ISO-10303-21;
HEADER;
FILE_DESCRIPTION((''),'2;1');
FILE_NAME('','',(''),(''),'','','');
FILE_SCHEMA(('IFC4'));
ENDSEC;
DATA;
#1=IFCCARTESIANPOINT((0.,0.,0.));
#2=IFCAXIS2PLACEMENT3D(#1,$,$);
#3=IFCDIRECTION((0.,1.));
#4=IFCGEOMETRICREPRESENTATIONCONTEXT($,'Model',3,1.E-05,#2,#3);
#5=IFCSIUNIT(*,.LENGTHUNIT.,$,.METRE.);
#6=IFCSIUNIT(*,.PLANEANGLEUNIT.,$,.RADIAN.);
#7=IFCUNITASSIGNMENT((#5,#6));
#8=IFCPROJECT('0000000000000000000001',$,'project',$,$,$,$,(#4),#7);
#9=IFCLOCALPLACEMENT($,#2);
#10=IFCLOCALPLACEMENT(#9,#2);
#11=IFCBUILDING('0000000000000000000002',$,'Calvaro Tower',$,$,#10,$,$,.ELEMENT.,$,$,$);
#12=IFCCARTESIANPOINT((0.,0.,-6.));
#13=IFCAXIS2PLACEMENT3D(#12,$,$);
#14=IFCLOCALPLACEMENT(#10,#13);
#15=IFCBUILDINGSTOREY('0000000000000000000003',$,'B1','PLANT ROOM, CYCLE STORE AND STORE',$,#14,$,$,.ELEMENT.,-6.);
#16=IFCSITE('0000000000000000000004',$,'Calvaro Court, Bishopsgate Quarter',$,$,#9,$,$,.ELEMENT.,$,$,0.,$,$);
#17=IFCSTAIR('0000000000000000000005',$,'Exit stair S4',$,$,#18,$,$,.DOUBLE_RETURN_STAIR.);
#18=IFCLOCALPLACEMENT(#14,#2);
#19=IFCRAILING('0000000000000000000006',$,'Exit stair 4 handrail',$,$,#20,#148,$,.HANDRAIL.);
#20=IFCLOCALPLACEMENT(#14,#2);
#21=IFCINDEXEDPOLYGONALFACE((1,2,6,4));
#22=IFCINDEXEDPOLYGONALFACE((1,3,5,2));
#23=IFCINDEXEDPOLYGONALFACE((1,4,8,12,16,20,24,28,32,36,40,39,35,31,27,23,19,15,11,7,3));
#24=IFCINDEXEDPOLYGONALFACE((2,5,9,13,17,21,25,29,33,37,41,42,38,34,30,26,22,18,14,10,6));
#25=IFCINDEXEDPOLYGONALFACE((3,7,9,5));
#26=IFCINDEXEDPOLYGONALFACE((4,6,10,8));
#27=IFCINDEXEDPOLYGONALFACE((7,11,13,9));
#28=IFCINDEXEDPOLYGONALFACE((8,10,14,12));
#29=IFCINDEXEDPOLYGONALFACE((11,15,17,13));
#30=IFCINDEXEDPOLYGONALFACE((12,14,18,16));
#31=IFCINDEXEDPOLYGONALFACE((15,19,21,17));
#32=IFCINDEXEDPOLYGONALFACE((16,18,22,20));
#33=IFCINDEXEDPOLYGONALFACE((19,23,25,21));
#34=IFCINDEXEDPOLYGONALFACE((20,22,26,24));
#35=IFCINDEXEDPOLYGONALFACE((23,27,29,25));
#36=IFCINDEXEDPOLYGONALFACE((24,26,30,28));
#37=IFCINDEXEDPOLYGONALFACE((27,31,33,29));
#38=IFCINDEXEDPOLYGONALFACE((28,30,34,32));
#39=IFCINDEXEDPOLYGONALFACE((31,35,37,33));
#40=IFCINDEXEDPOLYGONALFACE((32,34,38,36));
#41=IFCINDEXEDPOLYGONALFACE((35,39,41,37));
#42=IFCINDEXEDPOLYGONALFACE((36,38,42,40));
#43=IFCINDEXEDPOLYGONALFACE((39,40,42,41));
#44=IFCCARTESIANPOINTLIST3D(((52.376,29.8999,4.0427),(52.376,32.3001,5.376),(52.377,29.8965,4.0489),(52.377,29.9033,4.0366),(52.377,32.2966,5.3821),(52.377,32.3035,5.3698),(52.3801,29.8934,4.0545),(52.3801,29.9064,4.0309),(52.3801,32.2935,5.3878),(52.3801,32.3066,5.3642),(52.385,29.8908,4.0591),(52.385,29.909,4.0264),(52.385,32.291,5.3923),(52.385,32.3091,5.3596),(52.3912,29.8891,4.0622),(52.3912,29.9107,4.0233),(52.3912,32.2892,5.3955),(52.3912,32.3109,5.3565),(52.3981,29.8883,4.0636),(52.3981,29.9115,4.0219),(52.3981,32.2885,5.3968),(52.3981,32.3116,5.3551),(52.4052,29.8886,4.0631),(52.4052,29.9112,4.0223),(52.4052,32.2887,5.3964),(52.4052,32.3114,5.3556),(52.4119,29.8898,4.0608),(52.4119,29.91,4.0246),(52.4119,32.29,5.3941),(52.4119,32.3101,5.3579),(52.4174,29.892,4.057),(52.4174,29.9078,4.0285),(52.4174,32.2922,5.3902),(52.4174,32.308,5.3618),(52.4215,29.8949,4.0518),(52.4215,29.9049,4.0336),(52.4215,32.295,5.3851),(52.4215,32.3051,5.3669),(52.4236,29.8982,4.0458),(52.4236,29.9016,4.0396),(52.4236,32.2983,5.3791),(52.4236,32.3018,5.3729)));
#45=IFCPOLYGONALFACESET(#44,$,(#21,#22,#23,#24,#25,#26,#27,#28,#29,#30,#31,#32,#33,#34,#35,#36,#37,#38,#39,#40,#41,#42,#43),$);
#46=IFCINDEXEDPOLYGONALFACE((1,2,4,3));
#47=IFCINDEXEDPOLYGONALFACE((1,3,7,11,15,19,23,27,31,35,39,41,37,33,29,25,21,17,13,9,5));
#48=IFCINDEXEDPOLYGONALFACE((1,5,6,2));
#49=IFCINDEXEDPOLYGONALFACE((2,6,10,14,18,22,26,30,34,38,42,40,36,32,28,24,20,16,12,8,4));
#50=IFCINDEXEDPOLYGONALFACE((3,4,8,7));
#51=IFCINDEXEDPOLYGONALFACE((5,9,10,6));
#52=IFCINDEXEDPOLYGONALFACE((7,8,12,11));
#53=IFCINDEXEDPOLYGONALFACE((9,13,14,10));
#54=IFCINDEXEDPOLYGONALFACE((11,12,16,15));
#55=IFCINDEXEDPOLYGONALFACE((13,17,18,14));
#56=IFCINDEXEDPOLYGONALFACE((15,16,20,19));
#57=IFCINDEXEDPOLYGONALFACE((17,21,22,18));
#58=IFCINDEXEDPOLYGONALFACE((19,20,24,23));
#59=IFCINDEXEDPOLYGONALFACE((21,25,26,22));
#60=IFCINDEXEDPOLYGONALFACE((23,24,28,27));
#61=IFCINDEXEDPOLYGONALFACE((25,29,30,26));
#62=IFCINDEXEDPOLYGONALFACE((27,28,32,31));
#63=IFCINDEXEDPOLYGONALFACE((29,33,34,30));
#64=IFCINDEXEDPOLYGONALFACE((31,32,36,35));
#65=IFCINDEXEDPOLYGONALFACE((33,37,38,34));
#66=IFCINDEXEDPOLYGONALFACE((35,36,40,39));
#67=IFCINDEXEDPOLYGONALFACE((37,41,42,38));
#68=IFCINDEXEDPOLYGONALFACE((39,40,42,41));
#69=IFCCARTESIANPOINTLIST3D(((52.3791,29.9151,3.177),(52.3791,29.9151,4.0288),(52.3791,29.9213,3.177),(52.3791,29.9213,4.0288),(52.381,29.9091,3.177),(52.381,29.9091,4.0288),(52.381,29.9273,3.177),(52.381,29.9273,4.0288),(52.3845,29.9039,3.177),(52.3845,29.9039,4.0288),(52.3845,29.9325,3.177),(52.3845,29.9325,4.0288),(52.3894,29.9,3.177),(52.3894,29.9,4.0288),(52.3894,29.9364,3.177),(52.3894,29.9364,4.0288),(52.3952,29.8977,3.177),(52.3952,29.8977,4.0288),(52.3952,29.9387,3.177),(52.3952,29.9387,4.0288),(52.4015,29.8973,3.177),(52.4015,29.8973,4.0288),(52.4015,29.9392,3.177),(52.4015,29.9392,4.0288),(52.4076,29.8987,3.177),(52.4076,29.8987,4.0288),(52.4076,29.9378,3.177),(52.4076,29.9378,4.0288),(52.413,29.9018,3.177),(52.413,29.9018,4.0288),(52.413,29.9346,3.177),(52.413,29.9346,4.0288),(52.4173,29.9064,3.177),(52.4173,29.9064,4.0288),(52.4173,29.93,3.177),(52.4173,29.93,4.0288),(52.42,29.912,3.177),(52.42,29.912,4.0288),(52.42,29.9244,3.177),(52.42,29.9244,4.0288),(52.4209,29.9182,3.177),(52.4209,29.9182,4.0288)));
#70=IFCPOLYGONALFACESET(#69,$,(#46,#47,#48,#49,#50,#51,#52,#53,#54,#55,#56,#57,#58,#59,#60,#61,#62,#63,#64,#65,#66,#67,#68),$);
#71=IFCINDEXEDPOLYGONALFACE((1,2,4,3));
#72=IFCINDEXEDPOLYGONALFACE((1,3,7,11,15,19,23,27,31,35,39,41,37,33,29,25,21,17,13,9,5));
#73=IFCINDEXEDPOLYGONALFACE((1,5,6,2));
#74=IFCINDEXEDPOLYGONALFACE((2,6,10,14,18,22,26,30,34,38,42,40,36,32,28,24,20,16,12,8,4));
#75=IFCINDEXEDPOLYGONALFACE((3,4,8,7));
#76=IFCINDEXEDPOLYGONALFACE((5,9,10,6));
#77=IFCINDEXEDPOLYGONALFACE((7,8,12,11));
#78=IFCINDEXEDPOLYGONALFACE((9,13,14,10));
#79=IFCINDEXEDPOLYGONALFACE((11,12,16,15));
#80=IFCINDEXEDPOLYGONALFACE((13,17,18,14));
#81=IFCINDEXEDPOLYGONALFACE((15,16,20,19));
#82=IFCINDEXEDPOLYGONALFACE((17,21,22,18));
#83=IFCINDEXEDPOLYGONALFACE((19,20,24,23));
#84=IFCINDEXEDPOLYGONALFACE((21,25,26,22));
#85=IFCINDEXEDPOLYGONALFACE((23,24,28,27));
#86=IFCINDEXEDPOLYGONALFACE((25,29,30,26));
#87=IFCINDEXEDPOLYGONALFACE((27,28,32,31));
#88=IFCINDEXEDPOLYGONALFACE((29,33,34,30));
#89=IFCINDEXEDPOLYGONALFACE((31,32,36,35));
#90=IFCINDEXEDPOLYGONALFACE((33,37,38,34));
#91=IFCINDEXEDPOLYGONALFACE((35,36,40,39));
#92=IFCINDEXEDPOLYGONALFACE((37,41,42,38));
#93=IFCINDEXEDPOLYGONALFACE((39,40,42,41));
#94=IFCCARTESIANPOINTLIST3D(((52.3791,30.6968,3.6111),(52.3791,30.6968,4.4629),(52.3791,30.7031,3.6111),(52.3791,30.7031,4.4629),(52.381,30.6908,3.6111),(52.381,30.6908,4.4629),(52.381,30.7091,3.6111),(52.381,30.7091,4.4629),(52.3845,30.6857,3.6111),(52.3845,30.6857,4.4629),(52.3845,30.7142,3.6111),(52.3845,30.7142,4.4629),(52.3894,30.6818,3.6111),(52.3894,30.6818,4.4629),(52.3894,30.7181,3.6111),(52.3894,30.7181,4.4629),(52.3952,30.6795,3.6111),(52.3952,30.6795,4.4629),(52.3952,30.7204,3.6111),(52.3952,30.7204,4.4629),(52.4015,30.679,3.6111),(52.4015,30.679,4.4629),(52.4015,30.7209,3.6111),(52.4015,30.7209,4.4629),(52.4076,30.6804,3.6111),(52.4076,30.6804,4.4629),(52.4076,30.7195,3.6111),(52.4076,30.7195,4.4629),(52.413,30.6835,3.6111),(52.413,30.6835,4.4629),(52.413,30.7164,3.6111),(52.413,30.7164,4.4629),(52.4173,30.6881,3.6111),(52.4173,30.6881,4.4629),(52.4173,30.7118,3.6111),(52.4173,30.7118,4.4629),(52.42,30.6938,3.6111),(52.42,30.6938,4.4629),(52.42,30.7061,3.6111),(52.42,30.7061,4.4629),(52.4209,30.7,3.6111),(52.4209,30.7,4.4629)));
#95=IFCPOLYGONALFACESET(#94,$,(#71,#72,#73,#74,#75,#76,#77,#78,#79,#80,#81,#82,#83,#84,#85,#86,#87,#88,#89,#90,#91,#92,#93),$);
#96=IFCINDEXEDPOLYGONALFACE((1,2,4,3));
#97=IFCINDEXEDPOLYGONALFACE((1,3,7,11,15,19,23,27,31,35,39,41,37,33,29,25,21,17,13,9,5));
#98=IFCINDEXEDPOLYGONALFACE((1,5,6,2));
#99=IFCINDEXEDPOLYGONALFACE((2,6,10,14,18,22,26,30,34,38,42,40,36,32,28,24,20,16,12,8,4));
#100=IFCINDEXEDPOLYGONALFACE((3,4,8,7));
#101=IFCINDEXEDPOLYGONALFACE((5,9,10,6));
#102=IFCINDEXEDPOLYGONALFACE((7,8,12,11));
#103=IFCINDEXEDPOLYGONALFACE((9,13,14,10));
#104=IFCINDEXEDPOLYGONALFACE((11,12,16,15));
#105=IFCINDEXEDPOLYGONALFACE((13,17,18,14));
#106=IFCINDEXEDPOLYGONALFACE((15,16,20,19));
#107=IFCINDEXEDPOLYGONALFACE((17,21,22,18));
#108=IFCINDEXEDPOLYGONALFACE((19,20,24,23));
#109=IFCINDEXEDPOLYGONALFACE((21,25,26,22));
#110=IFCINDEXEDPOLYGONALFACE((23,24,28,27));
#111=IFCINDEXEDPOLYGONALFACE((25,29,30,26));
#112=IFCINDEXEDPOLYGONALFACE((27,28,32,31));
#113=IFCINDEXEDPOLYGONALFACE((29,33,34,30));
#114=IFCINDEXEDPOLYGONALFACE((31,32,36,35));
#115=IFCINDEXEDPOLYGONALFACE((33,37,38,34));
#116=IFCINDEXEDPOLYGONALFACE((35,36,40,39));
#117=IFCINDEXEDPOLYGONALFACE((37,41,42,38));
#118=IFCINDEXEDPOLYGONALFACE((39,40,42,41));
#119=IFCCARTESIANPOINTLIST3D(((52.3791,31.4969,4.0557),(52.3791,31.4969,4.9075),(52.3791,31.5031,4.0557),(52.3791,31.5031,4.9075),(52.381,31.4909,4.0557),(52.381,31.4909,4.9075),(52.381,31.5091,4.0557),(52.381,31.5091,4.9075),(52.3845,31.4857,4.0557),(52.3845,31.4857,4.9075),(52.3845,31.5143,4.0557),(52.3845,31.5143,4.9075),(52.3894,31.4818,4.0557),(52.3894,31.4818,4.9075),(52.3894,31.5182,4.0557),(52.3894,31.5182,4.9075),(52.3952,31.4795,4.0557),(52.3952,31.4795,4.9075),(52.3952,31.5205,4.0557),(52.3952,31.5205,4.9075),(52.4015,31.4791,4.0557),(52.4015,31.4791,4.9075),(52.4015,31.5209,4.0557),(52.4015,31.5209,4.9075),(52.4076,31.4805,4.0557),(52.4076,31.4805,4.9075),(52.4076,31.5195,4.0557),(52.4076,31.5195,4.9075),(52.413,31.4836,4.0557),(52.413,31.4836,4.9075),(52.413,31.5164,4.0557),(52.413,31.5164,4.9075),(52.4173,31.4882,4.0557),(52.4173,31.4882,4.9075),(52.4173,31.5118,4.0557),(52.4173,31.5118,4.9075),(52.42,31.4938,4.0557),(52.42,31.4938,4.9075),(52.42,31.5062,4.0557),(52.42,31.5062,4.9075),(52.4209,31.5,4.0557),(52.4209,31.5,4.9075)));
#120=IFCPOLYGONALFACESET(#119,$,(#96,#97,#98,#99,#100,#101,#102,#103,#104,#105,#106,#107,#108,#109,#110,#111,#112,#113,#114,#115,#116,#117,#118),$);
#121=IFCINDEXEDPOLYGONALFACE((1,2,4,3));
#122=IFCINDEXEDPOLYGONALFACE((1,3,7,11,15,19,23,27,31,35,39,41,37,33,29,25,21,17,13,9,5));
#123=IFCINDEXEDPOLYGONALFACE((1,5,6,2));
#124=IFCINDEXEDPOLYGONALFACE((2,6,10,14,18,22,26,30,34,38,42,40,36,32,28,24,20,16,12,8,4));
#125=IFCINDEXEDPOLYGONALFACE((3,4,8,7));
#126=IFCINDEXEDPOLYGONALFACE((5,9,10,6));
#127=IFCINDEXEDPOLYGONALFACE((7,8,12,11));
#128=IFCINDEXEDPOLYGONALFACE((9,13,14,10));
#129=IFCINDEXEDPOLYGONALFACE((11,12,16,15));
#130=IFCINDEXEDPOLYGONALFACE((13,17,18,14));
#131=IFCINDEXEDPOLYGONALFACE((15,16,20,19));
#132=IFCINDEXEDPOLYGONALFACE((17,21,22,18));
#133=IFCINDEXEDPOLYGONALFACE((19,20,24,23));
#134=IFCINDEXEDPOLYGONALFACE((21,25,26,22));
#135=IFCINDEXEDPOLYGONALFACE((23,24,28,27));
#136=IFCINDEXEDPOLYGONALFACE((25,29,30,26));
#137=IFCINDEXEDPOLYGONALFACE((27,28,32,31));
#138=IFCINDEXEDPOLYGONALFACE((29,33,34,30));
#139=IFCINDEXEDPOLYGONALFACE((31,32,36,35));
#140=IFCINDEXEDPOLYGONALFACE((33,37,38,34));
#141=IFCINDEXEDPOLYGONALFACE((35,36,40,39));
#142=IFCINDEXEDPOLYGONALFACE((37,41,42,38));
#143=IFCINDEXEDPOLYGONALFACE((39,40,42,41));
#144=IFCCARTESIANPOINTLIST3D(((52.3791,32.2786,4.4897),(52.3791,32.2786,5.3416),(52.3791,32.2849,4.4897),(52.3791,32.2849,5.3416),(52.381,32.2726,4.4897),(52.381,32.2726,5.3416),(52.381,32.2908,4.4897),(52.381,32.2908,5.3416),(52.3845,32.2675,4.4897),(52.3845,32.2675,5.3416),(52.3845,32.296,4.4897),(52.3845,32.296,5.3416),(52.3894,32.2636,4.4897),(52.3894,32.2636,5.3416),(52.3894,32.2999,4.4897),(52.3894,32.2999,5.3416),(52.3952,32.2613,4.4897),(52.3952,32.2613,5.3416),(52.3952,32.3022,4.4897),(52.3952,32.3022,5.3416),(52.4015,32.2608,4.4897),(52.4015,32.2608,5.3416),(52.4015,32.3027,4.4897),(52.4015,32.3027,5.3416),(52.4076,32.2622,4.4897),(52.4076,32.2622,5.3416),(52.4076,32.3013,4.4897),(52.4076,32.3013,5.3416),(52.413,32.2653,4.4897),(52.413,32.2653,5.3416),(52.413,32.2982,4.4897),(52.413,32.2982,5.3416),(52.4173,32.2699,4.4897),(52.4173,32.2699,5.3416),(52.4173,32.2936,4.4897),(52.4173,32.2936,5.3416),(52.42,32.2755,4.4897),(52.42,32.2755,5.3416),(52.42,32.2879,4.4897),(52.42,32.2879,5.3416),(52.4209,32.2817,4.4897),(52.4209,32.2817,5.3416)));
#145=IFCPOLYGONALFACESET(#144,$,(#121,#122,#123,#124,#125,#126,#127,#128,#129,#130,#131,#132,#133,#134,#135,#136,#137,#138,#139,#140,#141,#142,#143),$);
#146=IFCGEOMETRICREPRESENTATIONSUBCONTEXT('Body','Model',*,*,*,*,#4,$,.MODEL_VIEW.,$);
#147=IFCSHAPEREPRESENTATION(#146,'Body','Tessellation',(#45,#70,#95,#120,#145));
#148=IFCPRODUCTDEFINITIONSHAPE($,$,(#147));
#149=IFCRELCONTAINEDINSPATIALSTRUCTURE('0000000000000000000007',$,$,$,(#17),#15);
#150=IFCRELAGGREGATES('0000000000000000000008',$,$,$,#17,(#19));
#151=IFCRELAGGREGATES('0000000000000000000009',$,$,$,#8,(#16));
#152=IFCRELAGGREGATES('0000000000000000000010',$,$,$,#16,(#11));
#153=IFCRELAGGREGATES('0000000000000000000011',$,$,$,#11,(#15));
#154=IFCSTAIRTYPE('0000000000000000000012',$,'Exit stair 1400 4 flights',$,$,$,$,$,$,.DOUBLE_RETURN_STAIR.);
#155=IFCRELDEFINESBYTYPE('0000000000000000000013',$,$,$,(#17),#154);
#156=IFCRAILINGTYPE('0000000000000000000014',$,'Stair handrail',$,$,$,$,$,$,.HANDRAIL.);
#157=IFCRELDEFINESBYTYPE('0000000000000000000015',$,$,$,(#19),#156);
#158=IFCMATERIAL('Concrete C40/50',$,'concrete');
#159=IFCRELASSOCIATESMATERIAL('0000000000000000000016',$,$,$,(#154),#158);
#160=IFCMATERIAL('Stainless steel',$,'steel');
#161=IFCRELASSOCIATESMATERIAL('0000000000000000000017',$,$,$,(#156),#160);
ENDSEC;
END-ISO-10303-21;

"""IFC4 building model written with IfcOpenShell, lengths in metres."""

from ifc_helpers import new_model, si_unit, direction, frame, origin, origin_2d, place, context, subcontext, project, spatial, circle, extrude, material, type_object, element, aggregate, save


model = new_model("IFC4")

# Units and contexts
model_context = context("Model", 3, precision=1e-05, world=origin(), true_north=direction((0.0, 1.0)))
body_context = subcontext(model_context, "Body", "Model", "MODEL_VIEW")
ifc_project = project(units=[si_unit("LENGTHUNIT", "METRE"), si_unit("PLANEANGLEUNIT", "RADIAN")], contexts=[model_context])

# Site, building, storey
site_placement = place(None, origin())
site = spatial("IfcSite", under=ifc_project, at=site_placement, Name="Calvaro Court, Bishopsgate Quarter", CompositionType="ELEMENT", RefElevation=0.0)
building_placement = place(site_placement, origin())
building = spatial("IfcBuilding", under=site, at=building_placement, Name="Calvaro Tower", CompositionType="ELEMENT")
storey_placement = place(building_placement, frame((0.0, 0.0, -6.0)))
storey = spatial("IfcBuildingStorey", under=building, at=storey_placement, Name="B1", Description="PLANT ROOM, CYCLE STORE AND STORE", CompositionType="ELEMENT", Elevation=-6.0)

# Stair
ifc_material_1 = material(Name="Concrete C40/50", Category="concrete")
stair_type = type_object("IfcStairType", Name="Exit stair 1400 4 flights", PredefinedType="DOUBLE_RETURN_STAIR", material=ifc_material_1)
stair_1_placement = place(storey_placement, origin())
stair_1 = element("IfcStair", 1, at=stair_1_placement, inside=storey, type_object=stair_type, Name="Exit stair S4", PredefinedType="DOUBLE_RETURN_STAIR")

# Railing
ifc_material_2 = material(Name="Stainless steel", Category="steel")
railing_type = type_object("IfcRailingType", Name="Stair handrail", PredefinedType="HANDRAIL", material=ifc_material_2)
railing_1_placement = place(storey_placement, frame((52.3999, 29.8999, 3.1667)))
railing_1 = element("IfcRailing", 2, at=railing_1_placement, type_object=railing_type, Name="Exit stair 4 handrail", PredefinedType="HANDRAIL", context=body_context, shape_type="SweptSolid", body=[
    extrude(circle(Radius=0.0239, at=origin_2d()), frame((0.0, 0.0, 0.876), z_axis=(0.0, 0.874182, 0.485598), x_axis=(-1.0, 0.0, 0.0)), (0.0, 0.0, 1.0), 2.7456),
    extrude(circle(Radius=0.021, at=origin_2d()), frame((0.0, 0.0183, 0.0103)), (0.0, 0.0, 1.0), 0.8518),
    extrude(circle(Radius=0.021, at=origin_2d()), frame((0.0, 0.8, 0.4443)), (0.0, 0.0, 1.0), 0.8518),
    extrude(circle(Radius=0.021, at=origin_2d()), frame((0.0, 1.6001, 0.8889)), (0.0, 0.0, 1.0), 0.8518),
    extrude(circle(Radius=0.021, at=origin_2d()), frame((0.0, 2.3818, 1.323)), (0.0, 0.0, 1.0), 0.8518),
])
aggregate(stair_1, [railing_1])

save(model, "model.ifc")
